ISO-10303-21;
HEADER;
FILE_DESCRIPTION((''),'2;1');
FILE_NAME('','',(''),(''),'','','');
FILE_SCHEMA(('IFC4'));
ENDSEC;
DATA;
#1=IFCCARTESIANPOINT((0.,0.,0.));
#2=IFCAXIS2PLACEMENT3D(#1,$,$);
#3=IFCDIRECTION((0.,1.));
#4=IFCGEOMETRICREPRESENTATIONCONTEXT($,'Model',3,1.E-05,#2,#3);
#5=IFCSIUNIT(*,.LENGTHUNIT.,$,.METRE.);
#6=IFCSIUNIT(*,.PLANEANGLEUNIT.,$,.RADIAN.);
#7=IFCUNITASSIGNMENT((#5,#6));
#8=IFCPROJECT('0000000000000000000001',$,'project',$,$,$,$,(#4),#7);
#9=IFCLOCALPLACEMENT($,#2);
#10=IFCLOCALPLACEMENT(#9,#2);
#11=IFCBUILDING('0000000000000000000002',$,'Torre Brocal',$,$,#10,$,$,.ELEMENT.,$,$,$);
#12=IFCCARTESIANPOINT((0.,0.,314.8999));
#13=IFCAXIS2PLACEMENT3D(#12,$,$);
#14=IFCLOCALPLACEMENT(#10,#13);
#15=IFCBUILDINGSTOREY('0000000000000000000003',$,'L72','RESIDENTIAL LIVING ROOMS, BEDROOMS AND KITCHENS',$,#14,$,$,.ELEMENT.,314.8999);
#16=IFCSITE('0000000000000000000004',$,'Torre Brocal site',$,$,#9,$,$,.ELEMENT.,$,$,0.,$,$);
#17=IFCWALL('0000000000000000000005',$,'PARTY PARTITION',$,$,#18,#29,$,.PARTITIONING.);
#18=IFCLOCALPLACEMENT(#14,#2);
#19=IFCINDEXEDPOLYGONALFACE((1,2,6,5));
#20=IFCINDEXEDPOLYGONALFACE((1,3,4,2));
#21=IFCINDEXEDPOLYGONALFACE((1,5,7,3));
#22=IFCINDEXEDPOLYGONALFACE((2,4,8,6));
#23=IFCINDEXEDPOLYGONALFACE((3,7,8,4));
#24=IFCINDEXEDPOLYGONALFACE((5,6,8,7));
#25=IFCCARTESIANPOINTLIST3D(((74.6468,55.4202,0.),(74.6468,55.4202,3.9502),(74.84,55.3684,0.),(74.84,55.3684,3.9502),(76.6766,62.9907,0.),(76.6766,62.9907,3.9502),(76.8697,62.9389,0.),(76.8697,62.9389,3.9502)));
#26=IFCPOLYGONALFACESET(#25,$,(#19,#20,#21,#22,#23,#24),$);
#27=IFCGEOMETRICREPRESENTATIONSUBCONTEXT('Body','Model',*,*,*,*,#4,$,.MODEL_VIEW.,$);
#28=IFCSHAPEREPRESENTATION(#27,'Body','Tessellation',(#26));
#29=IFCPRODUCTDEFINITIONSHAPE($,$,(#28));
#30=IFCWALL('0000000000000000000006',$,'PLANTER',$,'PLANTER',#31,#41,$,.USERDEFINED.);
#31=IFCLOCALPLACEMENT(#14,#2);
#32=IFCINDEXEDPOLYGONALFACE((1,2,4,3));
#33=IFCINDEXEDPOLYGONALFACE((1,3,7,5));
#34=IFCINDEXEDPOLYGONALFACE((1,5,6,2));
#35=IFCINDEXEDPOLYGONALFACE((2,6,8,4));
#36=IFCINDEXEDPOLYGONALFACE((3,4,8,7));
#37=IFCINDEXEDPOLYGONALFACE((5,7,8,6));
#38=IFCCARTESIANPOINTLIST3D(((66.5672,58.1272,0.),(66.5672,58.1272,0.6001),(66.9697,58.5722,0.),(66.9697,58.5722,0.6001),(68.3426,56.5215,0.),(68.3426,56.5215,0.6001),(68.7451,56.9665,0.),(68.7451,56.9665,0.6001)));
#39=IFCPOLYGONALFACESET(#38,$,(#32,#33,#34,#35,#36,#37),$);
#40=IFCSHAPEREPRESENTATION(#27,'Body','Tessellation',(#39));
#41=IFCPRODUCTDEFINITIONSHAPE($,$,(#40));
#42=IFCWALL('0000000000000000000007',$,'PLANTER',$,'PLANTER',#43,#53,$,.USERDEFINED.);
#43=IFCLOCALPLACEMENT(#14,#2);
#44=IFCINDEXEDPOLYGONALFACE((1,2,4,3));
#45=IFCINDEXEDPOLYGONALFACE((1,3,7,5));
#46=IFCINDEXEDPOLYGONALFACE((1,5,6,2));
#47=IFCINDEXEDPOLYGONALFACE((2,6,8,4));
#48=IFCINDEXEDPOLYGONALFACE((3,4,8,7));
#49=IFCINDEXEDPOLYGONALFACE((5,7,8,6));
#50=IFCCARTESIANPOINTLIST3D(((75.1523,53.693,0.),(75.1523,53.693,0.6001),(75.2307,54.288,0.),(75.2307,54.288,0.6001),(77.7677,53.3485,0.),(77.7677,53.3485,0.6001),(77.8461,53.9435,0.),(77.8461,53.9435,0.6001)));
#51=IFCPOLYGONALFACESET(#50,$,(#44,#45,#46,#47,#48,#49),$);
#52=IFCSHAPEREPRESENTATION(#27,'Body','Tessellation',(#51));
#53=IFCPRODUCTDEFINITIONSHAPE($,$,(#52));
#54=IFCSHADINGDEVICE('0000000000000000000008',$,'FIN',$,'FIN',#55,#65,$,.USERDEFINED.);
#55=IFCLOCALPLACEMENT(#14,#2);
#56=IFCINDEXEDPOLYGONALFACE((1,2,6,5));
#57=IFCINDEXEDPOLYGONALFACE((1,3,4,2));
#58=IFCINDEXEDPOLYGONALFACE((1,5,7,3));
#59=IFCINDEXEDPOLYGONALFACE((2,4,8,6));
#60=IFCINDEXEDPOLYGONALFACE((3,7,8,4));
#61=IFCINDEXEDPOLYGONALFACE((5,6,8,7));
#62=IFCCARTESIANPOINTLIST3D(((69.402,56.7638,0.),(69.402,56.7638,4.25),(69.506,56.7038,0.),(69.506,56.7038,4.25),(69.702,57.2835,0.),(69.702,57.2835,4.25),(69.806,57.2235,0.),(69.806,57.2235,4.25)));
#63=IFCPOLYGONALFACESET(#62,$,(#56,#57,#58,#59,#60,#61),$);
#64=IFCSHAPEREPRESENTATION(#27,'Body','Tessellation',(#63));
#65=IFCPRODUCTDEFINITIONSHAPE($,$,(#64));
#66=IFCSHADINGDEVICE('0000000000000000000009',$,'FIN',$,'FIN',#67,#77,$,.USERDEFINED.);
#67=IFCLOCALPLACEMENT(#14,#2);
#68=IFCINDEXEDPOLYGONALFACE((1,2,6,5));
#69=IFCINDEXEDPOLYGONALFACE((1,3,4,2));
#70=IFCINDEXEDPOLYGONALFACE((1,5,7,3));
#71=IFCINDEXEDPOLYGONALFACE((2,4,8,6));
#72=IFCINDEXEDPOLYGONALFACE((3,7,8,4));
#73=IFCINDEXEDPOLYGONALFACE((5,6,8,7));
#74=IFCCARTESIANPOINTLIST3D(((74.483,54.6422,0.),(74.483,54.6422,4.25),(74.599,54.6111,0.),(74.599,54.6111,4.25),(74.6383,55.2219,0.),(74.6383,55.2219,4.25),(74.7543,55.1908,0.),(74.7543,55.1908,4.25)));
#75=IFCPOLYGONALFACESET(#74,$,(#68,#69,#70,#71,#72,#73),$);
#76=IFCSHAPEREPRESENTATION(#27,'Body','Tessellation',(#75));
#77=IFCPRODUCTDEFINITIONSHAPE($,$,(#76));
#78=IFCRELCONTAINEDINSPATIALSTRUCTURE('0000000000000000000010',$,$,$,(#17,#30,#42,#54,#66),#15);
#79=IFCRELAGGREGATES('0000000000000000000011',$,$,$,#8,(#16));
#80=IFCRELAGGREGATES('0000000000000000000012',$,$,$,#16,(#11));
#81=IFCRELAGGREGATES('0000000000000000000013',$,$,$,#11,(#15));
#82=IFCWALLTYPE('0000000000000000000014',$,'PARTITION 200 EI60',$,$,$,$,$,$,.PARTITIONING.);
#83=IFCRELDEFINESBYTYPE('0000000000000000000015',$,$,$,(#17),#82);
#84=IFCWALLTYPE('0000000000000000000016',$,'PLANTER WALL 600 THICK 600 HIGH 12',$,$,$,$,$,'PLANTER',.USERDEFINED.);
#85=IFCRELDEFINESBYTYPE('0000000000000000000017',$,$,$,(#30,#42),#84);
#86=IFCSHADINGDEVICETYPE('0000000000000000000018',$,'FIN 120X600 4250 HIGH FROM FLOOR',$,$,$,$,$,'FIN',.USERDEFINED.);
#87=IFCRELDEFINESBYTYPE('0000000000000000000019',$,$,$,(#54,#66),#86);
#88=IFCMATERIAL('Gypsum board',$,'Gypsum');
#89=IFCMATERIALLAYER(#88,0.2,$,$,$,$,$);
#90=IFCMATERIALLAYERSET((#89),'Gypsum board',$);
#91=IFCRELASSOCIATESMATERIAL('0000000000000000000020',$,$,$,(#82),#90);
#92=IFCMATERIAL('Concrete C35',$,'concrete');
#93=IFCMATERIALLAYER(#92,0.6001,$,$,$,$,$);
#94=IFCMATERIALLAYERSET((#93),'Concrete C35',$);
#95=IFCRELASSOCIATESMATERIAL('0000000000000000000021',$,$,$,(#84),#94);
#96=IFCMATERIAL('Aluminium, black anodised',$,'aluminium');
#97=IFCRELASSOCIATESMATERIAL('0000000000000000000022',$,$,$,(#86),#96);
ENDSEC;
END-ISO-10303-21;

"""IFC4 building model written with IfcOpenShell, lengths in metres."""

from ifc_helpers import new_model, si_unit, direction, frame, frame_2d, origin, origin_2d, place, context, subcontext, project, spatial, rectangle, extrude, material, layer, layer_set, material_profile, profile_set, type_object, element, save


model = new_model("IFC4")

# Units and contexts
model_context = context("Model", 3, precision=1e-05, world=origin(), true_north=direction((0.0, 1.0)))
body_context = subcontext(model_context, "Body", "Model", "MODEL_VIEW")
ifc_project = project(units=[si_unit("LENGTHUNIT", "METRE"), si_unit("PLANEANGLEUNIT", "RADIAN")], contexts=[model_context])

# Site, building, storey
site_placement = place(None, origin())
site = spatial("IfcSite", under=ifc_project, at=site_placement, Name="Torre Brocal site", CompositionType="ELEMENT", RefElevation=0.0)
building_placement = place(site_placement, origin())
building = spatial("IfcBuilding", under=site, at=building_placement, Name="Torre Brocal", CompositionType="ELEMENT")
storey_placement = place(building_placement, frame((0.0, 0.0, 314.8999)))
storey = spatial("IfcBuildingStorey", under=building, at=storey_placement, Name="L72", Description="RESIDENTIAL LIVING ROOMS, BEDROOMS AND KITCHENS", CompositionType="ELEMENT", Elevation=314.8999)

# Walls
ifc_material_1 = material(Name="Gypsum board", Category="Gypsum")
ifc_layer_1 = layer(ifc_material_1, 0.2)
ifc_layer_set_1 = layer_set([ifc_layer_1], Name="Gypsum board")
wall_type_1 = type_object("IfcWallType", Name="PARTITION 200 EI60", PredefinedType="PARTITIONING", material=ifc_layer_set_1)
wall_1_placement = place(storey_placement, frame((74.7434, 55.3943, 0.0), z_axis=(0.0, 0.0, 1.0), x_axis=(0.258969, 0.965886, 0.0)))
element("IfcWall", 1, at=wall_1_placement, inside=storey, type_object=wall_type_1, Name="PARTY PARTITION", PredefinedType="PARTITIONING", context=body_context, shape_type="SweptSolid", body=[
    extrude(rectangle(XDim=7.8379, YDim=0.2, at=frame_2d((3.9189, 0.0))), origin(), (0.0, 0.0, 1.0), 3.9502),
])
ifc_material_2 = material(Name="Concrete C35", Category="concrete")
ifc_layer_2 = layer(ifc_material_2, 0.6001)
ifc_layer_set_2 = layer_set([ifc_layer_2], Name="Concrete C35")
wall_type_2 = type_object("IfcWallType", Name="PLANTER WALL 600 THICK 600 HIGH 12", ElementType="PLANTER", PredefinedType="USERDEFINED", material=ifc_layer_set_2)
wall_2_placement = place(storey_placement, frame((66.7686, 58.3496, 0.0), z_axis=(0.0, 0.0, 1.0), x_axis=(0.741659, -0.670777, 0.0)))
element("IfcWall", 2, at=wall_2_placement, inside=storey, type_object=wall_type_2, Name="PLANTER", ObjectType="PLANTER", PredefinedType="USERDEFINED", context=body_context, shape_type="SweptSolid", body=[
    extrude(rectangle(XDim=2.3938, YDim=0.6001, at=frame_2d((1.1968, 0.0))), origin(), (0.0, 0.0, 1.0), 0.6001),
])
wall_3_placement = place(storey_placement, frame((75.1917, 53.9905, 0.0), z_axis=(0.0, 0.0, 1.0), x_axis=(0.991436, -0.130593, 0.0)))
element("IfcWall", 3, at=wall_3_placement, inside=storey, type_object=wall_type_2, Name="PLANTER", ObjectType="PLANTER", PredefinedType="USERDEFINED", context=body_context, shape_type="SweptSolid", body=[
    extrude(rectangle(XDim=2.6379, YDim=0.6001, at=frame_2d((1.3188, 0.0))), origin(), (0.0, 0.0, 1.0), 0.6001),
])

# Shading devices
ifc_material_3 = material(Name="Aluminium, black anodised", Category="aluminium")
ifc_material_profile_1 = material_profile(ifc_material_3, rectangle(XDim=0.1201, YDim=0.6001, at=origin_2d()), Name="FIN 120X600 4250 HIGH FROM FLOOR")
ifc_profile_set_1 = profile_set([ifc_material_profile_1], Name="Aluminium, black anodised")
shading_device_type = type_object("IfcShadingDeviceType", Name="FIN 120X600 4250 HIGH FROM FLOOR", ElementType="FIN", PredefinedType="USERDEFINED", material=ifc_profile_set_1)
for number, where, z_axis, x_axis, name in (
    (4, (69.604, 56.9937, 0.0), (0.0, 0.0, 1.0), (0.866025, -0.5, 0.0), "FIN"),
    (5, (74.6187, 54.9165, 0.0), (0.0, 0.0, 1.0), (0.965926, -0.258819, 0.0), "FIN"),
):
    element("IfcShadingDevice", number, at=place(storey_placement, frame(where, z_axis=z_axis, x_axis=x_axis)), inside=storey, type_object=shading_device_type, Name=name, ObjectType="FIN", PredefinedType="USERDEFINED", context=body_context, shape_type="SweptSolid", body=[
        extrude(rectangle(XDim=0.1201, YDim=0.6001, at=origin_2d()), origin(), (0.0, 0.0, 1.0), 4.25),
    ])

save(model, "model.ifc")
